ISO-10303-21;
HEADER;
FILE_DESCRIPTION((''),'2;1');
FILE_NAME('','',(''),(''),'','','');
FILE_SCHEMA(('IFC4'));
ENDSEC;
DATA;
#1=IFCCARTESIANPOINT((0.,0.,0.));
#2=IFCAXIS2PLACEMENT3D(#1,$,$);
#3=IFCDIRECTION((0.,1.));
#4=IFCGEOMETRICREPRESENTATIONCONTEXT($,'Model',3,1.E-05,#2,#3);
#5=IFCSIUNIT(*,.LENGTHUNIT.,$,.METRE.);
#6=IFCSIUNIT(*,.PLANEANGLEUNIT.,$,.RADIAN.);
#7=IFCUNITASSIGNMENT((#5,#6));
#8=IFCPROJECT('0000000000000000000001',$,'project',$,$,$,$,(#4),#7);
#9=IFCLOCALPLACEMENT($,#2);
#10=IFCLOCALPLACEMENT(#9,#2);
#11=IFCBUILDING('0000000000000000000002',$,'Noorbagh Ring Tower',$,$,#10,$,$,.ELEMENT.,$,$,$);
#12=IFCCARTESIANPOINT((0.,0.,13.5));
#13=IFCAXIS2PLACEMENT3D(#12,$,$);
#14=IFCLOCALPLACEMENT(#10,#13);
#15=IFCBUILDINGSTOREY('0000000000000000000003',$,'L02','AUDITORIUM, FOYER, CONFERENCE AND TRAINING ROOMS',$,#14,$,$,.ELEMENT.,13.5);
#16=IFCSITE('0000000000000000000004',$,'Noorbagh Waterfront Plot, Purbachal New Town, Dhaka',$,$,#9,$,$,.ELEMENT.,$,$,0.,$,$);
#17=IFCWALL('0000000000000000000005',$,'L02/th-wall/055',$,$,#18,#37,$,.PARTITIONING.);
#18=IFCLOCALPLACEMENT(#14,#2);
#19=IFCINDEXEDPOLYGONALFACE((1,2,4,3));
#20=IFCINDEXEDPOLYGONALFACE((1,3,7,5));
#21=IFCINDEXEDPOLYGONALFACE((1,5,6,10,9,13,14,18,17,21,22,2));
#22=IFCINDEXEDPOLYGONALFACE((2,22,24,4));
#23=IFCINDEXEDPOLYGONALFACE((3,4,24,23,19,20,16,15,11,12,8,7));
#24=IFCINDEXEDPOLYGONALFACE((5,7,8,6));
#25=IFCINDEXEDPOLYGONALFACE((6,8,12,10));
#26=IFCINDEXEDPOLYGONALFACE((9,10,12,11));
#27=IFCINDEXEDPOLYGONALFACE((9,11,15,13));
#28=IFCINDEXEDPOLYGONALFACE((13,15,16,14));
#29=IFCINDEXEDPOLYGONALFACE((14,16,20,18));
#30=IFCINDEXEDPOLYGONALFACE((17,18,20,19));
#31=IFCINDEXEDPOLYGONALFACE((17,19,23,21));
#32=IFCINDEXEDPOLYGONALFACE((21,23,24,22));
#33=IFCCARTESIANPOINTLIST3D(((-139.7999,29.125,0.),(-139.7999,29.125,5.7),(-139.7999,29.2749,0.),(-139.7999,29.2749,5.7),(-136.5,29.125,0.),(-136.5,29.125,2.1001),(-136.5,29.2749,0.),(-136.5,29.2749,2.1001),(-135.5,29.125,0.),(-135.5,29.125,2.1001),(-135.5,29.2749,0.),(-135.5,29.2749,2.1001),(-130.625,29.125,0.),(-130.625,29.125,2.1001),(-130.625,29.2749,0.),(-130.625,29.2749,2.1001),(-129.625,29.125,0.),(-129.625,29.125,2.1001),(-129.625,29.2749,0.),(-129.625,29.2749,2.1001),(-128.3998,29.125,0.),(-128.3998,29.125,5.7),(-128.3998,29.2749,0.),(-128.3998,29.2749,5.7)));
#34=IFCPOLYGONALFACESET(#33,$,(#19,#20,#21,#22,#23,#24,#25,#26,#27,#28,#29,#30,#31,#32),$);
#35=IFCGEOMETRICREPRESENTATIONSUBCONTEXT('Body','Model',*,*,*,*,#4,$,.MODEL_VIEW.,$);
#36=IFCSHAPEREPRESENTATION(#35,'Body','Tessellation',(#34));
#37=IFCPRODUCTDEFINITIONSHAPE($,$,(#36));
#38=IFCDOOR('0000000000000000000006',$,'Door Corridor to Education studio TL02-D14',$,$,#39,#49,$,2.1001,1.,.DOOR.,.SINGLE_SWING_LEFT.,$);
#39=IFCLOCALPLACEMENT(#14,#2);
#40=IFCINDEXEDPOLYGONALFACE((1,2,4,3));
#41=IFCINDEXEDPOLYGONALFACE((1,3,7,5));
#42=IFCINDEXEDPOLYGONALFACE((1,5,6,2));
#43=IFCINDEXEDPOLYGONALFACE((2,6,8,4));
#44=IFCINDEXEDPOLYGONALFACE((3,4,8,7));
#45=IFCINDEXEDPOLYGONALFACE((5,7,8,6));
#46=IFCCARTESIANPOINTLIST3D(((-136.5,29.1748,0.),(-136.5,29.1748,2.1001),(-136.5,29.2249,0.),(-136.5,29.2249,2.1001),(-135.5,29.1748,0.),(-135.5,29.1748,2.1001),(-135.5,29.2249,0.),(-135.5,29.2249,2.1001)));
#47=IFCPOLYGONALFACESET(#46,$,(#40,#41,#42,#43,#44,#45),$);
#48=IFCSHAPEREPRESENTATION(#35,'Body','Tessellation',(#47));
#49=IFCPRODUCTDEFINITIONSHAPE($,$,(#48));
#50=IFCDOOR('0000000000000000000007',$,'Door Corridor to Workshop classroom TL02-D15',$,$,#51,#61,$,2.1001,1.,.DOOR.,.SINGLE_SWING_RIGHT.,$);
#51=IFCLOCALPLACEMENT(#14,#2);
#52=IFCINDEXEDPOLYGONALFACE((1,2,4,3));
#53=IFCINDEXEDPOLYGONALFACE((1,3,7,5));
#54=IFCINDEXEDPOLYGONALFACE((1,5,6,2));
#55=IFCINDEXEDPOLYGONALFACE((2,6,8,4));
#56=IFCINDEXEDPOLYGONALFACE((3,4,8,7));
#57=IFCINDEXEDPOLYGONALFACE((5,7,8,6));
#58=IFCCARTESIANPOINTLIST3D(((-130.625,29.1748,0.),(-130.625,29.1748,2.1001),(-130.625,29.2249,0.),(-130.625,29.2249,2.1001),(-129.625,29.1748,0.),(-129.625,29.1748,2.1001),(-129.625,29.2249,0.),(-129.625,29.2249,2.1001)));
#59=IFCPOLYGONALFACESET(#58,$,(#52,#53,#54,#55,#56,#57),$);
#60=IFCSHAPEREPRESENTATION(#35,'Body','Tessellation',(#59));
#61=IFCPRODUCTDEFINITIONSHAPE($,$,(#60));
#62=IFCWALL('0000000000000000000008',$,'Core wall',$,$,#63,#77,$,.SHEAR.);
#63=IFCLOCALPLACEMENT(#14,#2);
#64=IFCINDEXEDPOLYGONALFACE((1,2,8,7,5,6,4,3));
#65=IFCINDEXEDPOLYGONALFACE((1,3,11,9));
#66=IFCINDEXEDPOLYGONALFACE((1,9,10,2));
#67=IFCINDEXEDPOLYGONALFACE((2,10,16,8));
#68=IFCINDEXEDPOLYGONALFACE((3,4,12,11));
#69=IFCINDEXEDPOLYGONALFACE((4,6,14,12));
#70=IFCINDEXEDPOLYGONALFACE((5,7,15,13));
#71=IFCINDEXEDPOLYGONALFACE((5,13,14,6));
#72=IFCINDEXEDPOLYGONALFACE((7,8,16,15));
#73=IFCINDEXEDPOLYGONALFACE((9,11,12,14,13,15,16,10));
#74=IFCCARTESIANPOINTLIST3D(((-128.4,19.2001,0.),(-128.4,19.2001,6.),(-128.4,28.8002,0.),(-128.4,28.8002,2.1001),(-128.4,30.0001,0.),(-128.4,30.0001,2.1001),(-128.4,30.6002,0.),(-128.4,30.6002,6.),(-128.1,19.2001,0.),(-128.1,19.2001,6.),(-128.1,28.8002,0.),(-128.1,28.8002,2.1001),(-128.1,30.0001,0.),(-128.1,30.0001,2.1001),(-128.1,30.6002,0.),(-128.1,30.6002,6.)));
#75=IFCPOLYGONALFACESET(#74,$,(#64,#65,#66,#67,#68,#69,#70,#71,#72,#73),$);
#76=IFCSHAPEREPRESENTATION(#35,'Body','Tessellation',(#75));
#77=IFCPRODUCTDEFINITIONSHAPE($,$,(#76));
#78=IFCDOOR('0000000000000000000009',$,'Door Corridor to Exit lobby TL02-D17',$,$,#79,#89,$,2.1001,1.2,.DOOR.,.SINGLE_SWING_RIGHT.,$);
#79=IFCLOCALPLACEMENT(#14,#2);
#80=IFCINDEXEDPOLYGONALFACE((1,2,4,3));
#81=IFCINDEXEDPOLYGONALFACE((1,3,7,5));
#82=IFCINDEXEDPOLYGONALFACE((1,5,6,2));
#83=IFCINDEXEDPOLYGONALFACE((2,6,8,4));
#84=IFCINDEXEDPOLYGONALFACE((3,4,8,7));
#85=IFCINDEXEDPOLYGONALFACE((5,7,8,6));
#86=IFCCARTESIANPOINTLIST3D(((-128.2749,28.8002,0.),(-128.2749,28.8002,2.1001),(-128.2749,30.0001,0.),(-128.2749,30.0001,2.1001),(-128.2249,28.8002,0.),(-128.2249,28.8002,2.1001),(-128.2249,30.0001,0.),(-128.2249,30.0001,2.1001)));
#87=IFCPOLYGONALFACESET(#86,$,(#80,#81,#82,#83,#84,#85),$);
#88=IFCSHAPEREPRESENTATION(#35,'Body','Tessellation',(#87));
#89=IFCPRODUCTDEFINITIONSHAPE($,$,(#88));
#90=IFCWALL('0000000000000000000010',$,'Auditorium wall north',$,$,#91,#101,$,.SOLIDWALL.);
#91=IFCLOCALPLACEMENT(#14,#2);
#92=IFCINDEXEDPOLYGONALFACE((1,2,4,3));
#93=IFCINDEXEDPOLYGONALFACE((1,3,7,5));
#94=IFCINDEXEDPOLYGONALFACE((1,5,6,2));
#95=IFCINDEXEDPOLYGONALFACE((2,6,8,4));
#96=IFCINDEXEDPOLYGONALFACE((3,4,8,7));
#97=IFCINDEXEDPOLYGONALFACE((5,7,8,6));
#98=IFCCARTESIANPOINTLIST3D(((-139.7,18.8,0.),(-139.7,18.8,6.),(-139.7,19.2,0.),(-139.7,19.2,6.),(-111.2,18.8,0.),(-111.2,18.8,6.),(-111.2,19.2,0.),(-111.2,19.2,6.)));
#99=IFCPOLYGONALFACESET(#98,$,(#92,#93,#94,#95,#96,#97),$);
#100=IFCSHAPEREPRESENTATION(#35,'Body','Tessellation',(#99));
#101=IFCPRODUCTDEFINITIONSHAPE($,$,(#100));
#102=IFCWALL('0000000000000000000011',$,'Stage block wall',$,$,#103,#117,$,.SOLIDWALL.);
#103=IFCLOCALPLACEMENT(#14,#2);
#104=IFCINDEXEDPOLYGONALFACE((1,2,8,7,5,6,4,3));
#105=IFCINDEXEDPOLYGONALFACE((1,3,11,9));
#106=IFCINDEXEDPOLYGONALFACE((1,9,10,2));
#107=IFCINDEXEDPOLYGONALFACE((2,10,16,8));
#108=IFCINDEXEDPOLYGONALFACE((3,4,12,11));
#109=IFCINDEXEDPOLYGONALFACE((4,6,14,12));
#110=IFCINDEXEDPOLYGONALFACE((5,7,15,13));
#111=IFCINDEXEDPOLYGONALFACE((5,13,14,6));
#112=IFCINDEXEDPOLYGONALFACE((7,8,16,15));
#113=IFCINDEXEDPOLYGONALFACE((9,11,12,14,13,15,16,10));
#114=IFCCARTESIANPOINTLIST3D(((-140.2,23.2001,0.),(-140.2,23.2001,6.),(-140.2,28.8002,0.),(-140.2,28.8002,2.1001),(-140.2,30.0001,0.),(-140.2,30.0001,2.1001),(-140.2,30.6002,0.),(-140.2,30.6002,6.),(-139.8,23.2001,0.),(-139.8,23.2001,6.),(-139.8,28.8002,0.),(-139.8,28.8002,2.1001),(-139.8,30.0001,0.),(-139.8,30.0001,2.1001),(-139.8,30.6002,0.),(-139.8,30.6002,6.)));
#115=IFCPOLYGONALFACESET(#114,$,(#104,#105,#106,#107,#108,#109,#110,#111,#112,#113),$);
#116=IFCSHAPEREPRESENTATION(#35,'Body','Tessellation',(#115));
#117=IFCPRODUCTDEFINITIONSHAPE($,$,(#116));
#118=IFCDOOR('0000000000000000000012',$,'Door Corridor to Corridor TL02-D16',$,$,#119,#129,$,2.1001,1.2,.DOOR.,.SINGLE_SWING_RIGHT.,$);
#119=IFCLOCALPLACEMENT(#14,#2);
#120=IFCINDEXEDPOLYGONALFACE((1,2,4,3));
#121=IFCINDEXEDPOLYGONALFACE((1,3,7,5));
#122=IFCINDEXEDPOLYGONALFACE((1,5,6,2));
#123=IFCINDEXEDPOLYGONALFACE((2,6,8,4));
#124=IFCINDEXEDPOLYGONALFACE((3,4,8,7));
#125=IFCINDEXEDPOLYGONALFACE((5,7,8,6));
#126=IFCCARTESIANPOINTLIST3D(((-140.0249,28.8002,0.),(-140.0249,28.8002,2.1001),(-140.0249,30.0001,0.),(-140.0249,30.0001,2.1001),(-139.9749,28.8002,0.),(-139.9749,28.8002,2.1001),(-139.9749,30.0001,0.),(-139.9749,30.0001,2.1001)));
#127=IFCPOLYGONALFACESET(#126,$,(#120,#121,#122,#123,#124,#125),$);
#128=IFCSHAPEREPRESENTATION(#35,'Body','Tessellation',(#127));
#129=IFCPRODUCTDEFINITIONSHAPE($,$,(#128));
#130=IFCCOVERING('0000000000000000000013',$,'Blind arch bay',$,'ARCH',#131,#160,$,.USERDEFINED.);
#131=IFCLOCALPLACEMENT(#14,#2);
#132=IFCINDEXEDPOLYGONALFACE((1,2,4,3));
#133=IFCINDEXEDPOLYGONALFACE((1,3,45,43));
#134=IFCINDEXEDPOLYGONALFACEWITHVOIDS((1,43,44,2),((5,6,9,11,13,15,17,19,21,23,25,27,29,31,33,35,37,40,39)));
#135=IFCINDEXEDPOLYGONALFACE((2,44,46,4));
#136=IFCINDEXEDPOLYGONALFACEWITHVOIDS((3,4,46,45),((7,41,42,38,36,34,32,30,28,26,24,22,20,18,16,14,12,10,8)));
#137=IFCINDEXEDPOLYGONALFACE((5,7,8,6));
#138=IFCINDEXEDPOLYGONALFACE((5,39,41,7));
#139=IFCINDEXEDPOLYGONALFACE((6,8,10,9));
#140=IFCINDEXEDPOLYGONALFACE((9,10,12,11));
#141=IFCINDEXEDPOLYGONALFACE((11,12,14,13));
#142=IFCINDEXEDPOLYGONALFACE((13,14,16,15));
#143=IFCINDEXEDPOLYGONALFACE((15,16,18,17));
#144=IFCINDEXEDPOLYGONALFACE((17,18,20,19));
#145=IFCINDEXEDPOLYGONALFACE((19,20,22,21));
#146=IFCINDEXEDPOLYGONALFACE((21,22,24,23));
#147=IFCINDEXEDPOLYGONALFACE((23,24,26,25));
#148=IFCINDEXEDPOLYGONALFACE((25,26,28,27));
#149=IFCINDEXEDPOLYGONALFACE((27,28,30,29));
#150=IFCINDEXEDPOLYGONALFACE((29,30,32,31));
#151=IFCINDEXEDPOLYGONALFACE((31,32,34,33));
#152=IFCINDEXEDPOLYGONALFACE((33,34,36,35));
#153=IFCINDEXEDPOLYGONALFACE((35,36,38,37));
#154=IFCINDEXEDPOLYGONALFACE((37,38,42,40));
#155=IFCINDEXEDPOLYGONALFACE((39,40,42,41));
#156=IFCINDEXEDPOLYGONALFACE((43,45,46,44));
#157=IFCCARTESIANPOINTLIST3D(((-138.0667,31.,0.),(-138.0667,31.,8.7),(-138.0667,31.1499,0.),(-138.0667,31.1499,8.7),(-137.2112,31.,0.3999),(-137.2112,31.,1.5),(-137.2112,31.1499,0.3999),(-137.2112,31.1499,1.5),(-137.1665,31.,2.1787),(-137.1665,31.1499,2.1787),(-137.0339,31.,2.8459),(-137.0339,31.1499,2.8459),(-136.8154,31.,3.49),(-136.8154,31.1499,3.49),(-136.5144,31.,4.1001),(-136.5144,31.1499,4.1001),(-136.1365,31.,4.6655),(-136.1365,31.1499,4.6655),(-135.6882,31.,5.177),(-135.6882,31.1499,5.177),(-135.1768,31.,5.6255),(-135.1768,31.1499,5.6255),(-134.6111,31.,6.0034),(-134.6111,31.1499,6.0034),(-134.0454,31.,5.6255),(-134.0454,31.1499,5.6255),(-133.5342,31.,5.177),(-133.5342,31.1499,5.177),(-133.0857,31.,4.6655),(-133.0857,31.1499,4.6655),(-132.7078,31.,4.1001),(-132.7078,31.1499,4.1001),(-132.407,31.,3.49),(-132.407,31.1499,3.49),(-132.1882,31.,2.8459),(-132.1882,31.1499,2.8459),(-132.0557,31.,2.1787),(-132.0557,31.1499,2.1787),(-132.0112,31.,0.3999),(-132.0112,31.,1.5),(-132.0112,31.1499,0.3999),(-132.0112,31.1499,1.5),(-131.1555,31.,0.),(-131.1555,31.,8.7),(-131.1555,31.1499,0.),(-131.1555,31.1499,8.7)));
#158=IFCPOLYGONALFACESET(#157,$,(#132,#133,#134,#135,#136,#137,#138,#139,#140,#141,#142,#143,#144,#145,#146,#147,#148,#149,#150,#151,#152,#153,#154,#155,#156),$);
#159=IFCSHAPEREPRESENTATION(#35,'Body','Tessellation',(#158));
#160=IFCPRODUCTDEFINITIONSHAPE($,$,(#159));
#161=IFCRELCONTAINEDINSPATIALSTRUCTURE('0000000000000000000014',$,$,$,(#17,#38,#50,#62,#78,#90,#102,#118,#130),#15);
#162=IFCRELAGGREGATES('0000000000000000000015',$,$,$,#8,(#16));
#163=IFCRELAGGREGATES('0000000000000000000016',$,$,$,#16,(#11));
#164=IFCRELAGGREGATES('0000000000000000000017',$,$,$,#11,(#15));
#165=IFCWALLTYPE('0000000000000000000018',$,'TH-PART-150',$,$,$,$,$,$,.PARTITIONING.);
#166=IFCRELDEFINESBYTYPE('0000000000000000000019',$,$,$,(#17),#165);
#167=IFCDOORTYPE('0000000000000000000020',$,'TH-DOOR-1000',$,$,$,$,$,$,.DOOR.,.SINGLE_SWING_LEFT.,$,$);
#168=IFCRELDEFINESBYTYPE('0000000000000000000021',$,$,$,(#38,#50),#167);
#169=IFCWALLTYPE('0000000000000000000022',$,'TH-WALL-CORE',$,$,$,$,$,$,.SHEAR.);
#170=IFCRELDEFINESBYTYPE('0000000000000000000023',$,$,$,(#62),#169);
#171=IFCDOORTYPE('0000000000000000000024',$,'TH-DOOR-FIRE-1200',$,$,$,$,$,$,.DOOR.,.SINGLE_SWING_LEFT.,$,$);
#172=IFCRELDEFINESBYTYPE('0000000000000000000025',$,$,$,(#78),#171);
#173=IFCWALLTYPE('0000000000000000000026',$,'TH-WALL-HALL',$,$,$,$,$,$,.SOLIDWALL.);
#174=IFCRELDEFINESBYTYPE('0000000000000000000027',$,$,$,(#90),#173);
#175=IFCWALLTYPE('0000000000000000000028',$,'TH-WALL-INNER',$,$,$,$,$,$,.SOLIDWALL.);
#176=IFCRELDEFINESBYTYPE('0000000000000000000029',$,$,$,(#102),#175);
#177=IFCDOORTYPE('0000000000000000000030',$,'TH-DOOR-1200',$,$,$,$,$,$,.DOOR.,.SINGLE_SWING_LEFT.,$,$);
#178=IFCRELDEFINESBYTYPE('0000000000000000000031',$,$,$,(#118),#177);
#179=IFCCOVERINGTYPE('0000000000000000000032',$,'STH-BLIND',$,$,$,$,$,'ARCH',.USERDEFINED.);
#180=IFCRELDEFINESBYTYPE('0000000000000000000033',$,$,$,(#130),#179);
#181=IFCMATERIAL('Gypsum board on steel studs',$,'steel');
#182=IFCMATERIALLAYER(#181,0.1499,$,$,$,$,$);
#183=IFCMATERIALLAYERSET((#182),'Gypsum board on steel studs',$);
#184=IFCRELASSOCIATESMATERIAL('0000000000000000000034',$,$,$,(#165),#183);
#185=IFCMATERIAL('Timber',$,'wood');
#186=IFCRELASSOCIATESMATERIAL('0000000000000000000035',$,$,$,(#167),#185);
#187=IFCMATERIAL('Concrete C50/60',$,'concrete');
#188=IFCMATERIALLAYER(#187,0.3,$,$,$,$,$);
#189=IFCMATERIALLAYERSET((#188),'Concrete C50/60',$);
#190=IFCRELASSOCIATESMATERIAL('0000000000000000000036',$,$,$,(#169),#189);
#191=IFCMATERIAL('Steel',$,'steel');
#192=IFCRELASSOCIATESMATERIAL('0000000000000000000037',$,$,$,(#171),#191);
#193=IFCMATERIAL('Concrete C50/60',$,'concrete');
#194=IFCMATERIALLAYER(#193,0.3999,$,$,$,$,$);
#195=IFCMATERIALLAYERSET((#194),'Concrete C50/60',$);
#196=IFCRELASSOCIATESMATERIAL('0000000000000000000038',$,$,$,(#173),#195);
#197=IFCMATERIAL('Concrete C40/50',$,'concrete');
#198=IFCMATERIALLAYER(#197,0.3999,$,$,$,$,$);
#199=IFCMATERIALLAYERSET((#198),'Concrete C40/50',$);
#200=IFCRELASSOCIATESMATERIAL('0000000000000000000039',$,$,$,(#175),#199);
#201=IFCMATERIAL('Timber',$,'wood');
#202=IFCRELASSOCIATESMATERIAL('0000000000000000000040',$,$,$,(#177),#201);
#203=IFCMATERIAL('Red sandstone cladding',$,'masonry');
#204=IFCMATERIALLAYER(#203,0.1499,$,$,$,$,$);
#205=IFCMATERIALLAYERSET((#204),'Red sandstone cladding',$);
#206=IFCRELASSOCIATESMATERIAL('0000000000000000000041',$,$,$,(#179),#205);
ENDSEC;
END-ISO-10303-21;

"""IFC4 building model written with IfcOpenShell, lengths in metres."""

from ifc_helpers import new_model, si_unit, direction, frame, frame_2d, origin, place, context, subcontext, project, spatial, polyline, rectangle, outline, extrude, material, layer, layer_set, type_object, element, fill, save


model = new_model("IFC4")

# Units and contexts
model_context = context("Model", 3, precision=1e-05, world=origin(), true_north=direction((0.0, 1.0)))
body_context = subcontext(model_context, "Body", "Model", "MODEL_VIEW")
ifc_project = project(units=[si_unit("LENGTHUNIT", "METRE"), si_unit("PLANEANGLEUNIT", "RADIAN")], contexts=[model_context])

# Site, building, storey
site_placement = place(None, origin())
site = spatial("IfcSite", under=ifc_project, at=site_placement, Name="Noorbagh Waterfront Plot, Purbachal New Town, Dhaka", CompositionType="ELEMENT", RefElevation=0.0)
building_placement = place(site_placement, origin())
building = spatial("IfcBuilding", under=site, at=building_placement, Name="Noorbagh Ring Tower", CompositionType="ELEMENT")
storey_placement = place(building_placement, frame((0.0, 0.0, 13.5)))
storey = spatial("IfcBuildingStorey", under=building, at=storey_placement, Name="L02", Description="AUDITORIUM, FOYER, CONFERENCE AND TRAINING ROOMS", CompositionType="ELEMENT", Elevation=13.5)

# Wall, openings, doors
ifc_material_1 = material(Name="Gypsum board on steel studs", Category="steel")
ifc_layer_1 = layer(ifc_material_1, 0.1499)
ifc_layer_set_1 = layer_set([ifc_layer_1], Name="Gypsum board on steel studs")
wall_type_1 = type_object("IfcWallType", Name="TH-PART-150", PredefinedType="PARTITIONING", material=ifc_layer_set_1)
wall_1_placement = place(storey_placement, frame((-139.8, 29.2, 0.0), z_axis=(0.0, 0.0, 1.0), x_axis=(1.0, 0.0, 0.0)))
wall_1 = element("IfcWall", 1, at=wall_1_placement, inside=storey, type_object=wall_type_1, Name="L02/th-wall/055", PredefinedType="PARTITIONING", context=body_context, shape_type="SweptSolid", body=[
    extrude(rectangle(XDim=11.4001, YDim=0.1499, at=frame_2d((5.7002, 0.0))), origin(), (0.0, 0.0, 1.0), 5.7),
])
opening_1_placement = place(wall_1_placement, frame((3.3, 0.0, 0.0)))
opening_1 = element("IfcOpeningElement", 2, at=opening_1_placement, cuts=wall_1, PredefinedType="OPENING", context=body_context, shape_type="SweptSolid", body=[
    extrude(rectangle(XDim=1.0, YDim=2.1001, at=frame_2d((0.5, 1.05))), frame((0.0, 0.085, 0.0), z_axis=(0.0, -1.0, 0.0), x_axis=(1.0, 0.0, 0.0)), (0.0, 0.0, 1.0), 0.1699),
])
opening_2_placement = place(wall_1_placement, frame((9.175, 0.0, 0.0)))
opening_2 = element("IfcOpeningElement", 3, at=opening_2_placement, cuts=wall_1, PredefinedType="OPENING", context=body_context, shape_type="SweptSolid", body=[
    extrude(rectangle(XDim=1.0, YDim=2.1001, at=frame_2d((0.5, 1.05))), frame((0.0, 0.085, 0.0), z_axis=(0.0, -1.0, 0.0), x_axis=(1.0, 0.0, 0.0)), (0.0, 0.0, 1.0), 0.1699),
])
ifc_material_2 = material(Name="Timber", Category="wood")
door_type_1 = type_object("IfcDoorType", Name="TH-DOOR-1000", OperationType="SINGLE_SWING_LEFT", PredefinedType="DOOR", material=ifc_material_2)
door_1_placement = place(opening_1_placement, origin())
door_1 = element("IfcDoor", 4, at=door_1_placement, inside=storey, type_object=door_type_1, Name="Door Corridor to Education studio TL02-D14", OperationType="SINGLE_SWING_LEFT", OverallHeight=2.1001, OverallWidth=1.0, PredefinedType="DOOR", context=body_context, shape_type="SweptSolid", body=[
    extrude(rectangle(XDim=1.0, YDim=2.1001, at=frame_2d((0.5, 1.05))), frame((0.0, 0.0249, 0.0), z_axis=(0.0, -1.0, 0.0), x_axis=(1.0, 0.0, 0.0)), (0.0, 0.0, 1.0), 0.05),
])
fill(opening_1, door_1)
door_2_placement = place(opening_2_placement, origin())
door_2 = element("IfcDoor", 5, at=door_2_placement, inside=storey, type_object=door_type_1, Name="Door Corridor to Workshop classroom TL02-D15", OperationType="SINGLE_SWING_RIGHT", OverallHeight=2.1001, OverallWidth=1.0, PredefinedType="DOOR", context=body_context, shape_type="SweptSolid", body=[
    extrude(rectangle(XDim=1.0, YDim=2.1001, at=frame_2d((0.5, 1.05))), frame((0.0, 0.0249, 0.0), z_axis=(0.0, -1.0, 0.0), x_axis=(1.0, 0.0, 0.0)), (0.0, 0.0, 1.0), 0.05),
])
fill(opening_2, door_2)

# Wall, opening, door
ifc_material_3 = material(Name="Concrete C50/60", Category="concrete")
ifc_layer_2 = layer(ifc_material_3, 0.3)
ifc_layer_set_2 = layer_set([ifc_layer_2], Name="Concrete C50/60")
wall_type_2 = type_object("IfcWallType", Name="TH-WALL-CORE", PredefinedType="SHEAR", material=ifc_layer_set_2)
wall_2_placement = place(storey_placement, frame((-128.25, 19.2, 0.0), z_axis=(0.0, 0.0, 1.0), x_axis=(0.0, 1.0, 0.0)))
wall_2 = element("IfcWall", 6, at=wall_2_placement, inside=storey, type_object=wall_type_2, Name="Core wall", PredefinedType="SHEAR", context=body_context, shape_type="SweptSolid", body=[
    extrude(rectangle(XDim=11.4001, YDim=0.3, at=frame_2d((5.7002, 0.0))), origin(), (0.0, 0.0, 1.0), 6.0),
])
opening_3_placement = place(wall_2_placement, frame((9.6001, 0.0, 0.0)))
opening_3 = element("IfcOpeningElement", 7, at=opening_3_placement, cuts=wall_2, PredefinedType="OPENING", context=body_context, shape_type="SweptSolid", body=[
    extrude(rectangle(XDim=1.2, YDim=2.1001, at=frame_2d((0.6001, 1.05))), frame((0.0, 0.1602, 0.0), z_axis=(0.0, -1.0, 0.0), x_axis=(1.0, 0.0, 0.0)), (0.0, 0.0, 1.0), 0.3201),
])
ifc_material_4 = material(Name="Steel", Category="steel")
door_type_2 = type_object("IfcDoorType", Name="TH-DOOR-FIRE-1200", OperationType="SINGLE_SWING_LEFT", PredefinedType="DOOR", material=ifc_material_4)
door_3_placement = place(opening_3_placement, origin())
door_3 = element("IfcDoor", 8, at=door_3_placement, inside=storey, type_object=door_type_2, Name="Door Corridor to Exit lobby TL02-D17", OperationType="SINGLE_SWING_RIGHT", OverallHeight=2.1001, OverallWidth=1.2, PredefinedType="DOOR", context=body_context, shape_type="SweptSolid", body=[
    extrude(rectangle(XDim=1.2, YDim=2.1001, at=frame_2d((0.6001, 1.05))), frame((0.0, 0.0249, 0.0), z_axis=(0.0, -1.0, 0.0), x_axis=(1.0, 0.0, 0.0)), (0.0, 0.0, 1.0), 0.05),
])
fill(opening_3, door_3)

# Wall
ifc_material_5 = material(Name="Concrete C50/60", Category="concrete")
ifc_layer_3 = layer(ifc_material_5, 0.3999)
ifc_layer_set_3 = layer_set([ifc_layer_3], Name="Concrete C50/60")
wall_type_3 = type_object("IfcWallType", Name="TH-WALL-HALL", PredefinedType="SOLIDWALL", material=ifc_layer_set_3)
wall_3_placement = place(storey_placement, frame((-139.7, 19.0, 0.0), z_axis=(0.0, 0.0, 1.0), x_axis=(1.0, 0.0, 0.0)))
element("IfcWall", 9, at=wall_3_placement, inside=storey, type_object=wall_type_3, Name="Auditorium wall north", PredefinedType="SOLIDWALL", context=body_context, shape_type="SweptSolid", body=[
    extrude(rectangle(XDim=28.5, YDim=0.3999, at=frame_2d((14.25, 0.0))), origin(), (0.0, 0.0, 1.0), 6.0),
])

# Wall, opening, door
ifc_material_6 = material(Name="Concrete C40/50", Category="concrete")
ifc_layer_4 = layer(ifc_material_6, 0.3999)
ifc_layer_set_4 = layer_set([ifc_layer_4], Name="Concrete C40/50")
wall_type_4 = type_object("IfcWallType", Name="TH-WALL-INNER", PredefinedType="SOLIDWALL", material=ifc_layer_set_4)
wall_4_placement = place(storey_placement, frame((-140.0, 23.2, 0.0), z_axis=(0.0, 0.0, 1.0), x_axis=(0.0, 1.0, 0.0)))
wall_4 = element("IfcWall", 10, at=wall_4_placement, inside=storey, type_object=wall_type_4, Name="Stage block wall", PredefinedType="SOLIDWALL", context=body_context, shape_type="SweptSolid", body=[
    extrude(rectangle(XDim=7.4001, YDim=0.3999, at=frame_2d((3.7002, 0.0))), origin(), (0.0, 0.0, 1.0), 6.0),
])
opening_4_placement = place(wall_4_placement, frame((5.6001, 0.0, 0.0)))
opening_4 = element("IfcOpeningElement", 11, at=opening_4_placement, cuts=wall_4, PredefinedType="OPENING", context=body_context, shape_type="SweptSolid", body=[
    extrude(rectangle(XDim=1.2, YDim=2.1001, at=frame_2d((0.6001, 1.05))), frame((0.0, 0.21, 0.0), z_axis=(0.0, -1.0, 0.0), x_axis=(1.0, 0.0, 0.0)), (0.0, 0.0, 1.0), 0.4199),
])
ifc_material_7 = material(Name="Timber", Category="wood")
door_type_3 = type_object("IfcDoorType", Name="TH-DOOR-1200", OperationType="SINGLE_SWING_LEFT", PredefinedType="DOOR", material=ifc_material_7)
door_4_placement = place(opening_4_placement, origin())
door_4 = element("IfcDoor", 12, at=door_4_placement, inside=storey, type_object=door_type_3, Name="Door Corridor to Corridor TL02-D16", OperationType="SINGLE_SWING_RIGHT", OverallHeight=2.1001, OverallWidth=1.2, PredefinedType="DOOR", context=body_context, shape_type="SweptSolid", body=[
    extrude(rectangle(XDim=1.2, YDim=2.1001, at=frame_2d((0.6001, 1.05))), frame((0.0, 0.0249, 0.0), z_axis=(0.0, -1.0, 0.0), x_axis=(1.0, 0.0, 0.0)), (0.0, 0.0, 1.0), 0.05),
])
fill(opening_4, door_4)

# Covering
ifc_material_8 = material(Name="Red sandstone cladding", Category="masonry")
ifc_layer_5 = layer(ifc_material_8, 0.1499)
ifc_layer_set_5 = layer_set([ifc_layer_5], Name="Red sandstone cladding")
covering_type = type_object("IfcCoveringType", Name="STH-BLIND", ElementType="ARCH", PredefinedType="USERDEFINED", material=ifc_layer_set_5)
for number, where, z_axis, x_axis, name in (
    (13, (-131.1555, 31.1499, 0.0), (0.0, 1.0, 0.0), (-1.0, 0.0, 0.0), "Blind arch bay"),
):
    element("IfcCovering", number, at=place(storey_placement, frame(where, z_axis=z_axis, x_axis=x_axis)), inside=storey, type_object=covering_type, Name=name, ObjectType="ARCH", PredefinedType="USERDEFINED", context=body_context, shape_type="SweptSolid", body=[
        extrude(outline(polyline([(0.0, 0.0), (6.9111, 0.0), (6.9111, 8.7), (0.0, 8.7), (0.0, 0.0)]), holes=[polyline([(0.8557, 0.3999), (0.8557, 1.5), (0.9001, 2.1787), (1.0327, 2.8459), (1.2515, 3.49), (1.5522, 4.1001), (1.9302, 4.6655), (2.3787, 5.177), (2.8899, 5.6255), (3.4556, 6.0034), (4.0212, 5.6255), (4.5327, 5.177), (4.981, 4.6655), (5.3589, 4.1001), (5.6599, 3.49), (5.8784, 2.8459), (6.011, 2.1787), (6.0557, 1.5), (6.0557, 0.3999), (0.8557, 0.3999)])]), origin(), (0.0, 0.0, -1.0), 0.1499),
    ])

save(model, "model.ifc")
